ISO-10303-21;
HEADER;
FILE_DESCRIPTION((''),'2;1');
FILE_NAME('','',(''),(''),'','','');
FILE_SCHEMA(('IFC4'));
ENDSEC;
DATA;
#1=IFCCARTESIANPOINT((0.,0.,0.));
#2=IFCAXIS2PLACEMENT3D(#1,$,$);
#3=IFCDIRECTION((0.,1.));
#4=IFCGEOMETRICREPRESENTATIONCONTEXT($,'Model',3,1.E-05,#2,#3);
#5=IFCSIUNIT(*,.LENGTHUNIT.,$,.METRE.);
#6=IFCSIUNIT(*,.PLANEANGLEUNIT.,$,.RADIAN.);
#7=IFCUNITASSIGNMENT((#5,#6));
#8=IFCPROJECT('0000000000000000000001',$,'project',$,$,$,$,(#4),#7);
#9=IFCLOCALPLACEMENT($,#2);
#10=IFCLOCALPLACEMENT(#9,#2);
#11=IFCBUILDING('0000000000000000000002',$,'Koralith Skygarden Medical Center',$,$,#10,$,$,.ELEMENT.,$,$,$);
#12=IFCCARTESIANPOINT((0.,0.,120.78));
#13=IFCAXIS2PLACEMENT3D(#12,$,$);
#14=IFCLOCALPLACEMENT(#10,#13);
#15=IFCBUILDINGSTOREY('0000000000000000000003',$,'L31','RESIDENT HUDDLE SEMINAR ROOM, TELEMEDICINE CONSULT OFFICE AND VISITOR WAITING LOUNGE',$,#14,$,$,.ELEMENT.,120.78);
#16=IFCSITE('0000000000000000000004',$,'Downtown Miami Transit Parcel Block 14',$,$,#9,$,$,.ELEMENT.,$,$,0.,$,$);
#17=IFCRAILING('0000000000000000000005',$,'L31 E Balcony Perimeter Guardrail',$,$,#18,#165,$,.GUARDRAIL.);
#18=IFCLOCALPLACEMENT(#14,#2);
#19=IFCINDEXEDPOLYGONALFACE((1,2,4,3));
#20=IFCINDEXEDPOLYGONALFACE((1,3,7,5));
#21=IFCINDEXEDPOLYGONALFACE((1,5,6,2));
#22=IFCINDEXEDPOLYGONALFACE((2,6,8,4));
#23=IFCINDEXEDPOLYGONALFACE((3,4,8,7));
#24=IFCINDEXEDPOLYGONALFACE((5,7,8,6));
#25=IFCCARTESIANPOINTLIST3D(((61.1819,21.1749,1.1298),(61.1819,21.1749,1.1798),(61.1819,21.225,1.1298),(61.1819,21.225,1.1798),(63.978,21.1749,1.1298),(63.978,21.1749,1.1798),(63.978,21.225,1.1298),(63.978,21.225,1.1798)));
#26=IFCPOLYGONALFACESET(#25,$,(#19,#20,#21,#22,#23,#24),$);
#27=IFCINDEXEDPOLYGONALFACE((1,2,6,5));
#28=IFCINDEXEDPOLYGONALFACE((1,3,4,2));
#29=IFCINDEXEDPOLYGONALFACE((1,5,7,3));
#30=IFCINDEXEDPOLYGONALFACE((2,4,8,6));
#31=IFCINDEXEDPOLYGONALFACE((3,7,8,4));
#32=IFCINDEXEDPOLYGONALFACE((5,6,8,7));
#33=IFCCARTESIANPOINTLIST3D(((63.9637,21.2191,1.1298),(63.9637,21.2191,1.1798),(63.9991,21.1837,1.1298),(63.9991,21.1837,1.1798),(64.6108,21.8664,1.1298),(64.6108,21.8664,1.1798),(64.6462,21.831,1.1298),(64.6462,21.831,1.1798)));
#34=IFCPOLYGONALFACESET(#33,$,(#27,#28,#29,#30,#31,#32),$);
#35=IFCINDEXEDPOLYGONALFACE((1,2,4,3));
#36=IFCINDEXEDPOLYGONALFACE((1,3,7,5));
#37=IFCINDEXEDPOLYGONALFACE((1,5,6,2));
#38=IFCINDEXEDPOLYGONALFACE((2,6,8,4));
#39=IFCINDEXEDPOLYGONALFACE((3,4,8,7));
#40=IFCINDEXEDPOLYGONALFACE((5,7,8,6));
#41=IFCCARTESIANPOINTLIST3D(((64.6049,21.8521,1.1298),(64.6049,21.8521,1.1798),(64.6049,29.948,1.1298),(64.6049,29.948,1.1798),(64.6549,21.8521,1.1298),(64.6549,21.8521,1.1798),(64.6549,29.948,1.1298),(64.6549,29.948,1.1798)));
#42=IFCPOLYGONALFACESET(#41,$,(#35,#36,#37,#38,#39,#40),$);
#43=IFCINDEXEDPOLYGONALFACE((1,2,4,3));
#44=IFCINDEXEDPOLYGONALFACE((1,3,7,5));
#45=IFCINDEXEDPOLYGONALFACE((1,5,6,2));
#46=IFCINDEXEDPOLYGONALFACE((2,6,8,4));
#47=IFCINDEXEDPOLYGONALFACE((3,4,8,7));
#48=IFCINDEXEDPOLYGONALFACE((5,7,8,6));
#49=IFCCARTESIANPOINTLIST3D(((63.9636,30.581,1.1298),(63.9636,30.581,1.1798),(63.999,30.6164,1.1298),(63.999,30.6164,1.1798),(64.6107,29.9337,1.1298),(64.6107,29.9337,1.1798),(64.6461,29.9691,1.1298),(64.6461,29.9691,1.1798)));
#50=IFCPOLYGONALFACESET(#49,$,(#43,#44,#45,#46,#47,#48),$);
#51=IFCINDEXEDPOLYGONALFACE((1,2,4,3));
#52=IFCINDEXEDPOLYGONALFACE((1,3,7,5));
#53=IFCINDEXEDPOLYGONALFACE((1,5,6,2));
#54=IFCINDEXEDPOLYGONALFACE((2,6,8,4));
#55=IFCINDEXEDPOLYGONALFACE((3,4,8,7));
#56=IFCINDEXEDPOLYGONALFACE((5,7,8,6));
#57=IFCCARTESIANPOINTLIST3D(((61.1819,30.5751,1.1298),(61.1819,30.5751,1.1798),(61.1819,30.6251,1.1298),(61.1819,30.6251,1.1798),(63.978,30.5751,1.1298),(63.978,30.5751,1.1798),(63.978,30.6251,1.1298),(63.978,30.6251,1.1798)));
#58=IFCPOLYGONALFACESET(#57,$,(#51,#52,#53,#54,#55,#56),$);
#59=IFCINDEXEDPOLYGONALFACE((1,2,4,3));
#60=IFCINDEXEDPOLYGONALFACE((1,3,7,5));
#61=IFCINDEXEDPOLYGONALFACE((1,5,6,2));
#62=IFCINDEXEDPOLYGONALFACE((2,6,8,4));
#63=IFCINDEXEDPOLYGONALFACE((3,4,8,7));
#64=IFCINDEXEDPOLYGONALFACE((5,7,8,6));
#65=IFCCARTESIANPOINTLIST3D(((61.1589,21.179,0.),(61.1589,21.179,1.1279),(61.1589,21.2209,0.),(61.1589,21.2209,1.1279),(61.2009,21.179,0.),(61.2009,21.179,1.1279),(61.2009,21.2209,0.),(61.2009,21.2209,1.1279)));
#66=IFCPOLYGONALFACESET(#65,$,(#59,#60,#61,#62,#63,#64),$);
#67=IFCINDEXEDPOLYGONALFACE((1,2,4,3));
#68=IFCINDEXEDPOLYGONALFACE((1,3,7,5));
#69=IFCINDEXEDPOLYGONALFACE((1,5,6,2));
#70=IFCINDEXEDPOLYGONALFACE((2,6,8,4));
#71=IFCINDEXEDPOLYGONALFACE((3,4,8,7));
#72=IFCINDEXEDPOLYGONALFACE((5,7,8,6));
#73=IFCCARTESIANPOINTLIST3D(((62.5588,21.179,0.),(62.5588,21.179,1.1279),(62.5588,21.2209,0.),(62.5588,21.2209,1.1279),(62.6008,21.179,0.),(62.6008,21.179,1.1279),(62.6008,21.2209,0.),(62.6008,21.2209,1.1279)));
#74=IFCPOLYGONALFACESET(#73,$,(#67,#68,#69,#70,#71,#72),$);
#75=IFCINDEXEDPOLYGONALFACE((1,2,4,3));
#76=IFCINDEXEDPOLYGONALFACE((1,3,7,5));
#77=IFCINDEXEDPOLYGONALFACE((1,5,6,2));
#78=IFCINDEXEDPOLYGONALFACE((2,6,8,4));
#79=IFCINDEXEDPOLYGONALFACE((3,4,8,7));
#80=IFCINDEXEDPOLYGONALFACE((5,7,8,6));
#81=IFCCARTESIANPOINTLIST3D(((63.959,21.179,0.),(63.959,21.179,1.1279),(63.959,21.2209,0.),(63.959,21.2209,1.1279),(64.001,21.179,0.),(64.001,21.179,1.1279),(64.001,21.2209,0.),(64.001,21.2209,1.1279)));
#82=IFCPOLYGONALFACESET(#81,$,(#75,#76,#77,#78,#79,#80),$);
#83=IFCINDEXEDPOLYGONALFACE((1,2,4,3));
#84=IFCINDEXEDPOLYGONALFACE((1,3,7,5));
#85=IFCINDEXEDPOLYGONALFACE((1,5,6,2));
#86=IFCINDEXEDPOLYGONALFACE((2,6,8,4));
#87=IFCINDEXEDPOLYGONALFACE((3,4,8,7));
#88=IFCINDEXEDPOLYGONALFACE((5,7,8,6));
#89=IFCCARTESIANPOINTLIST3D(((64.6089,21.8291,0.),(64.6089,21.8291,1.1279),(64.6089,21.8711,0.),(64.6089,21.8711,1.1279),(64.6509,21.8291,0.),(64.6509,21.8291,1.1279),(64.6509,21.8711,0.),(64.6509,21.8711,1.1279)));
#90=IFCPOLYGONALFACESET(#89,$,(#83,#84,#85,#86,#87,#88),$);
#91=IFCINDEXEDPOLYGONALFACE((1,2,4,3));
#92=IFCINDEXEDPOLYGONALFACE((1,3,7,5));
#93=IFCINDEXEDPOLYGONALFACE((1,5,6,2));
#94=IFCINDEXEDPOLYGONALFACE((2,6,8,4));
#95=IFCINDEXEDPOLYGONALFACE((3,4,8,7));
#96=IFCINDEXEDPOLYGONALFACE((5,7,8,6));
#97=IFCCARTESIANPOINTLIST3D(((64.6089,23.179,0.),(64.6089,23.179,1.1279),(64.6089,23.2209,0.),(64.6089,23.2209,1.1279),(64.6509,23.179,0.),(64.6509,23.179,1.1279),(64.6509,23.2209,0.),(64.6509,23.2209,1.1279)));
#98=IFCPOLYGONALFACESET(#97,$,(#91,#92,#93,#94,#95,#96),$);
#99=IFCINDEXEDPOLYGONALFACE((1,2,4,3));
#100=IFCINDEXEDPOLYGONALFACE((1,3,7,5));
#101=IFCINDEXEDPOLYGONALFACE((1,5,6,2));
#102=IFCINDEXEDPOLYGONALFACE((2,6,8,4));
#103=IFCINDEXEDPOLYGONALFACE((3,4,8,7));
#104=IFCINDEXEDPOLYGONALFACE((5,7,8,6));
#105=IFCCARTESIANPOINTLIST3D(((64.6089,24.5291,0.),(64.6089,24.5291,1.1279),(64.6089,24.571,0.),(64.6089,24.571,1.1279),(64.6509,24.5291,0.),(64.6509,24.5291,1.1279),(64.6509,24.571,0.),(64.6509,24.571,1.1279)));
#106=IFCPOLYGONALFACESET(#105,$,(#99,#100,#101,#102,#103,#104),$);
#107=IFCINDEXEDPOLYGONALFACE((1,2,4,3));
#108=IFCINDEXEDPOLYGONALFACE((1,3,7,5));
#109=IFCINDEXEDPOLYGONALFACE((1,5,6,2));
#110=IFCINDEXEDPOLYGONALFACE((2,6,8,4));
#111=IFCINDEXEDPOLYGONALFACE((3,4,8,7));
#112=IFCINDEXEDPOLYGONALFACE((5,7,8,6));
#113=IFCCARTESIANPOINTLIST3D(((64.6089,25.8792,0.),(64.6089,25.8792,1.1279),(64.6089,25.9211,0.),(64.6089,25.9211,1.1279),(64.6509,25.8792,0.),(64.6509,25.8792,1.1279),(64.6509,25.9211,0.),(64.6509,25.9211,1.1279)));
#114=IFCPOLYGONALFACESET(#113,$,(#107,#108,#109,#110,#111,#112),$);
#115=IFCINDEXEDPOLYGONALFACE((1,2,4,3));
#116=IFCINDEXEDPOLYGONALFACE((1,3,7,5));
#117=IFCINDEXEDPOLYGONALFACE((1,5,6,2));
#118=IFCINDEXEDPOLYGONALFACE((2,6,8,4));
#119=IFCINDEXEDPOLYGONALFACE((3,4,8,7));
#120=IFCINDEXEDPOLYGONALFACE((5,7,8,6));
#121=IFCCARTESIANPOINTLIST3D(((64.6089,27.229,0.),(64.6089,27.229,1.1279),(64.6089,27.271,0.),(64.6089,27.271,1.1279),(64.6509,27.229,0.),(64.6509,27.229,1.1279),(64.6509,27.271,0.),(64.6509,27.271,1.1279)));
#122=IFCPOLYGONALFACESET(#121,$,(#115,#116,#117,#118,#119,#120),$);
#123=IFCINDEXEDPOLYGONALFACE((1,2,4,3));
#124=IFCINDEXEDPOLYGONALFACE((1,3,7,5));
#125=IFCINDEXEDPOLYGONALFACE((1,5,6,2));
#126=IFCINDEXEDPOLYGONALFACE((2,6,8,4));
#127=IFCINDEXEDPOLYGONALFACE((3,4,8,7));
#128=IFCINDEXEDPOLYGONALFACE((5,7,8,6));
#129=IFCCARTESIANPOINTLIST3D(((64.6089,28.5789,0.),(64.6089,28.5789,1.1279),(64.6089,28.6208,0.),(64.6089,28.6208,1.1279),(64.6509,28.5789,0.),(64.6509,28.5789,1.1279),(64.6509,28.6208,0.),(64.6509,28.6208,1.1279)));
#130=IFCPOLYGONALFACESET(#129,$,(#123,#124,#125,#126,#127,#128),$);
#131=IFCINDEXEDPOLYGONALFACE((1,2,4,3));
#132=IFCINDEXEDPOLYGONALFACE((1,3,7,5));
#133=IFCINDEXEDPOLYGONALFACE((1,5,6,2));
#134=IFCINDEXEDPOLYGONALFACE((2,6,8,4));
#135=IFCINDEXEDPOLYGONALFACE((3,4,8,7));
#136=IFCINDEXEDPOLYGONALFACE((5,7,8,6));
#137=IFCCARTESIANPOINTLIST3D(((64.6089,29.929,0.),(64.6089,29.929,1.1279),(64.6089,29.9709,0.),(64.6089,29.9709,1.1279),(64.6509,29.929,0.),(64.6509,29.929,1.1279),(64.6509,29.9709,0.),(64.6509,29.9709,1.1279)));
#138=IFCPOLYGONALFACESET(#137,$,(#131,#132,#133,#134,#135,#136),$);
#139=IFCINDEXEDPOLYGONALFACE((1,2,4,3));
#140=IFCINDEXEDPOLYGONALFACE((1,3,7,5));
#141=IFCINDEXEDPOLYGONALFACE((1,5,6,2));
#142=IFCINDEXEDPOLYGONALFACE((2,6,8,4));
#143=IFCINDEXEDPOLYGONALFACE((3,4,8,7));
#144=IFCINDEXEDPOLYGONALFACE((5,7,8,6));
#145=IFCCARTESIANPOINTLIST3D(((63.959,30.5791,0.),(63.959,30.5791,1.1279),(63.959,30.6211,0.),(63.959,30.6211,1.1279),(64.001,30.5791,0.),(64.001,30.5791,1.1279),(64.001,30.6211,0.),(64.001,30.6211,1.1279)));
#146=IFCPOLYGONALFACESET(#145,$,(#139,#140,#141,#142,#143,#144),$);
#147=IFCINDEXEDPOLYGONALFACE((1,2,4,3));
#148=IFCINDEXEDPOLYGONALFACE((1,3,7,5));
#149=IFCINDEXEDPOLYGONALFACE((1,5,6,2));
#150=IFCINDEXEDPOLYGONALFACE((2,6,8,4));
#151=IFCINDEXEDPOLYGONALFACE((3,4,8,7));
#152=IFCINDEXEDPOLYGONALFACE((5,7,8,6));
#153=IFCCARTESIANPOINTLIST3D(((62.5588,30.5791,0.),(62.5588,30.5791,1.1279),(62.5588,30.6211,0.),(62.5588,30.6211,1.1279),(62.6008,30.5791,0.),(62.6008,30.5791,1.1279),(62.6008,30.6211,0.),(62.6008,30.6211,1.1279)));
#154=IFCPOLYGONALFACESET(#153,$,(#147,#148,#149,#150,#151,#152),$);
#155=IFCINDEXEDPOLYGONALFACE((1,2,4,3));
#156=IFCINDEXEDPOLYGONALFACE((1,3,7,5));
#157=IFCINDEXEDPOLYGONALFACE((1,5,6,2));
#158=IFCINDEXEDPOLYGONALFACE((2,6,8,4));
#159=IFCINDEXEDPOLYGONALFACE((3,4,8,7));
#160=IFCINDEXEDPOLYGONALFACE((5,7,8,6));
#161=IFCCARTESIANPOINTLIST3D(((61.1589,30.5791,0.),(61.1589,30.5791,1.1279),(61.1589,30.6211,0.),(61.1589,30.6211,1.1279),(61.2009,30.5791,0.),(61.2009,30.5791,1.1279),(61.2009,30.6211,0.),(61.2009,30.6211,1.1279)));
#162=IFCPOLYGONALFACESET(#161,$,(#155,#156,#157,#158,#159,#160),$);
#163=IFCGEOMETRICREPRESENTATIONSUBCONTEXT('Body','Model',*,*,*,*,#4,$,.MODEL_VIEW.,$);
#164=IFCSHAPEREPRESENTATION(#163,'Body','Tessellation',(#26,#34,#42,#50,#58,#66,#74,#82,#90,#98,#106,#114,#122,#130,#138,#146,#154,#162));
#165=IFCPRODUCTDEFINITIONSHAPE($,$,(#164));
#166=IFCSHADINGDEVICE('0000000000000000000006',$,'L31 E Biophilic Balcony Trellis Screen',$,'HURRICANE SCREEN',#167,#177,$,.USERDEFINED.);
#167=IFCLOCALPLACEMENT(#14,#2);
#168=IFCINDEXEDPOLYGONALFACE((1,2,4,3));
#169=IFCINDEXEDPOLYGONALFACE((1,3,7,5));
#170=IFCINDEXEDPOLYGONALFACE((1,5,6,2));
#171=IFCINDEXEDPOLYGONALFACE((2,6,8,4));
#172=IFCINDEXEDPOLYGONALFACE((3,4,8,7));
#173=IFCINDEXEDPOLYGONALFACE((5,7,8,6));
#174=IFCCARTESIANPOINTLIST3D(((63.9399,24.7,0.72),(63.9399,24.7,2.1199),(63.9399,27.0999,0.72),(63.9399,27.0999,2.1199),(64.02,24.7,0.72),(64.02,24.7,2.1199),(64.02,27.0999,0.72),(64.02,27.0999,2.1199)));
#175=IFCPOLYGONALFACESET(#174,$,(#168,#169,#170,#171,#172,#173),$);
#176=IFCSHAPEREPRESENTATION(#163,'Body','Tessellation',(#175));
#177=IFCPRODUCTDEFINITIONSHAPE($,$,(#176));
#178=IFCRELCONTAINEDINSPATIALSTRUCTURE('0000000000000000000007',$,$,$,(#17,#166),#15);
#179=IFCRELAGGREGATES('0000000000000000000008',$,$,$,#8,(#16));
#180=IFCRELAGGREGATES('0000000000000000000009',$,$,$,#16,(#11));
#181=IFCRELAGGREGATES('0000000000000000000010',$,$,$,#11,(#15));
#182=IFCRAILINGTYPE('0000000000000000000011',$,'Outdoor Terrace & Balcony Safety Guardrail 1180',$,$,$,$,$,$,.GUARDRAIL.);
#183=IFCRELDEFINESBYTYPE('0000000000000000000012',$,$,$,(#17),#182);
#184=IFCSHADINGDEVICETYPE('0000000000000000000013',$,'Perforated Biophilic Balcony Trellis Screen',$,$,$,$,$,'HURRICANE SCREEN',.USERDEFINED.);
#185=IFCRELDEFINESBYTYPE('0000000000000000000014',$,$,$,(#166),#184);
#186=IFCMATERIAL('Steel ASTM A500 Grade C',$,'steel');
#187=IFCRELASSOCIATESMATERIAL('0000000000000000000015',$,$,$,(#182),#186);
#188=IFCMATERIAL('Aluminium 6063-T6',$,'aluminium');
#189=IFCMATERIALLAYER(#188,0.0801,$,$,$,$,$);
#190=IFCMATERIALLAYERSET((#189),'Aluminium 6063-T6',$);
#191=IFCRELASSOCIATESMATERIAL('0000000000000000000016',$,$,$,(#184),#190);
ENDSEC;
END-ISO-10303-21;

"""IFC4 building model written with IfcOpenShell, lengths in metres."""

from ifc_helpers import new_model, si_unit, direction, frame, origin, origin_2d, place, context, subcontext, project, spatial, rectangle, extrude, material, layer, layer_set, type_object, element, save


model = new_model("IFC4")

# Units and contexts
model_context = context("Model", 3, precision=1e-05, world=origin(), true_north=direction((0.0, 1.0)))
body_context = subcontext(model_context, "Body", "Model", "MODEL_VIEW")
ifc_project = project(units=[si_unit("LENGTHUNIT", "METRE"), si_unit("PLANEANGLEUNIT", "RADIAN")], contexts=[model_context])

# Site, building, storey
site_placement = place(None, origin())
site = spatial("IfcSite", under=ifc_project, at=site_placement, Name="Downtown Miami Transit Parcel Block 14", CompositionType="ELEMENT", RefElevation=0.0)
building_placement = place(site_placement, origin())
building = spatial("IfcBuilding", under=site, at=building_placement, Name="Koralith Skygarden Medical Center", CompositionType="ELEMENT")
storey_placement = place(building_placement, frame((0.0, 0.0, 120.78)))
storey = spatial("IfcBuildingStorey", under=building, at=storey_placement, Name="L31", Description="RESIDENT HUDDLE SEMINAR ROOM, TELEMEDICINE CONSULT OFFICE AND VISITOR WAITING LOUNGE", CompositionType="ELEMENT", Elevation=120.78)

# Shared definitions
ifc_material_1 = material(Name="Aluminium 6063-T6", Category="aluminium")

# Railing
ifc_material_2 = material(Name="Steel ASTM A500 Grade C", Category="steel")
railing_type = type_object("IfcRailingType", Name="Outdoor Terrace & Balcony Safety Guardrail 1180", PredefinedType="GUARDRAIL", material=ifc_material_2)
railing_placement = place(storey_placement, frame((61.1799, 21.2, 0.0)))
element("IfcRailing", 1, at=railing_placement, inside=storey, type_object=railing_type, Name="L31 E Balcony Perimeter Guardrail", PredefinedType="GUARDRAIL", context=body_context, shape_type="SweptSolid", body=[
    extrude(rectangle(XDim=0.05, YDim=0.05, at=origin_2d()), frame((0.002, 0.0, 1.1548), z_axis=(1.0, 0.0, 0.0), x_axis=(0.0, 1.0, 0.0)), (0.0, 0.0, 1.0), 2.7961),
    extrude(rectangle(XDim=0.05, YDim=0.05, at=origin_2d()), frame((2.8015, 0.0015, 1.1548), z_axis=(0.706974, 0.70724, 0.0), x_axis=(-0.70724, 0.706974, 0.0)), (0.0, 0.0, 1.0), 0.9153),
    extrude(rectangle(XDim=0.05, YDim=0.05, at=origin_2d()), frame((3.45, 0.6521, 1.1548), z_axis=(0.0, 1.0, 0.0), x_axis=(-1.0, 0.0, 0.0)), (0.0, 0.0, 1.0), 8.0959),
    extrude(rectangle(XDim=0.05, YDim=0.05, at=origin_2d()), frame((3.4485, 8.7515, 1.1548), z_axis=(-0.706974, 0.70724, 0.0), x_axis=(-0.70724, -0.706974, 0.0)), (0.0, 0.0, 1.0), 0.9153),
    extrude(rectangle(XDim=0.05, YDim=0.05, at=origin_2d()), frame((2.7981, 9.4001, 1.1548), z_axis=(-1.0, 0.0, 0.0), x_axis=(0.0, -1.0, 0.0)), (0.0, 0.0, 1.0), 2.7961),
    extrude(rectangle(XDim=0.042, YDim=0.042, at=origin_2d()), origin(), (0.0, 0.0, 1.0), 1.1279),
    extrude(rectangle(XDim=0.042, YDim=0.042, at=origin_2d()), frame((1.3999, 0.0, 0.0)), (0.0, 0.0, 1.0), 1.1279),
    extrude(rectangle(XDim=0.042, YDim=0.042, at=origin_2d()), frame((2.8, 0.0, 0.0)), (0.0, 0.0, 1.0), 1.1279),
    extrude(rectangle(XDim=0.042, YDim=0.042, at=origin_2d()), frame((3.45, 0.6501, 0.0)), (0.0, 0.0, 1.0), 1.1279),
    extrude(rectangle(XDim=0.042, YDim=0.042, at=origin_2d()), frame((3.45, 2.0, 0.0)), (0.0, 0.0, 1.0), 1.1279),
    extrude(rectangle(XDim=0.042, YDim=0.042, at=origin_2d()), frame((3.45, 3.3501, 0.0)), (0.0, 0.0, 1.0), 1.1279),
    extrude(rectangle(XDim=0.042, YDim=0.042, at=origin_2d()), frame((3.45, 4.7002, 0.0)), (0.0, 0.0, 1.0), 1.1279),
    extrude(rectangle(XDim=0.042, YDim=0.042, at=origin_2d()), frame((3.45, 6.05, 0.0)), (0.0, 0.0, 1.0), 1.1279),
    extrude(rectangle(XDim=0.042, YDim=0.042, at=origin_2d()), frame((3.45, 7.3999, 0.0)), (0.0, 0.0, 1.0), 1.1279),
    extrude(rectangle(XDim=0.042, YDim=0.042, at=origin_2d()), frame((3.45, 8.75, 0.0)), (0.0, 0.0, 1.0), 1.1279),
    extrude(rectangle(XDim=0.042, YDim=0.042, at=origin_2d()), frame((2.8, 9.4001, 0.0)), (0.0, 0.0, 1.0), 1.1279),
    extrude(rectangle(XDim=0.042, YDim=0.042, at=origin_2d()), frame((1.3999, 9.4001, 0.0)), (0.0, 0.0, 1.0), 1.1279),
    extrude(rectangle(XDim=0.042, YDim=0.042, at=origin_2d()), frame((0.0, 9.4001, 0.0)), (0.0, 0.0, 1.0), 1.1279),
])

# Shading device
ifc_layer_1 = layer(ifc_material_1, 0.0801)
ifc_layer_set_1 = layer_set([ifc_layer_1], Name="Aluminium 6063-T6")
shading_device_type = type_object("IfcShadingDeviceType", Name="Perforated Biophilic Balcony Trellis Screen", ElementType="HURRICANE SCREEN", PredefinedType="USERDEFINED", material=ifc_layer_set_1)
shading_device_placement = place(storey_placement, frame((63.98, 25.8999, 0.72), z_axis=(0.0, 0.0, 1.0), x_axis=(0.0, 1.0, 0.0)))
element("IfcShadingDevice", 2, at=shading_device_placement, inside=storey, type_object=shading_device_type, Name="L31 E Biophilic Balcony Trellis Screen", ObjectType="HURRICANE SCREEN", PredefinedType="USERDEFINED", context=body_context, shape_type="SweptSolid", body=[
    extrude(rectangle(XDim=2.3999, YDim=0.0801, at=origin_2d()), origin(), (0.0, 0.0, 1.0), 1.3999),
])

save(model, "model.ifc")
